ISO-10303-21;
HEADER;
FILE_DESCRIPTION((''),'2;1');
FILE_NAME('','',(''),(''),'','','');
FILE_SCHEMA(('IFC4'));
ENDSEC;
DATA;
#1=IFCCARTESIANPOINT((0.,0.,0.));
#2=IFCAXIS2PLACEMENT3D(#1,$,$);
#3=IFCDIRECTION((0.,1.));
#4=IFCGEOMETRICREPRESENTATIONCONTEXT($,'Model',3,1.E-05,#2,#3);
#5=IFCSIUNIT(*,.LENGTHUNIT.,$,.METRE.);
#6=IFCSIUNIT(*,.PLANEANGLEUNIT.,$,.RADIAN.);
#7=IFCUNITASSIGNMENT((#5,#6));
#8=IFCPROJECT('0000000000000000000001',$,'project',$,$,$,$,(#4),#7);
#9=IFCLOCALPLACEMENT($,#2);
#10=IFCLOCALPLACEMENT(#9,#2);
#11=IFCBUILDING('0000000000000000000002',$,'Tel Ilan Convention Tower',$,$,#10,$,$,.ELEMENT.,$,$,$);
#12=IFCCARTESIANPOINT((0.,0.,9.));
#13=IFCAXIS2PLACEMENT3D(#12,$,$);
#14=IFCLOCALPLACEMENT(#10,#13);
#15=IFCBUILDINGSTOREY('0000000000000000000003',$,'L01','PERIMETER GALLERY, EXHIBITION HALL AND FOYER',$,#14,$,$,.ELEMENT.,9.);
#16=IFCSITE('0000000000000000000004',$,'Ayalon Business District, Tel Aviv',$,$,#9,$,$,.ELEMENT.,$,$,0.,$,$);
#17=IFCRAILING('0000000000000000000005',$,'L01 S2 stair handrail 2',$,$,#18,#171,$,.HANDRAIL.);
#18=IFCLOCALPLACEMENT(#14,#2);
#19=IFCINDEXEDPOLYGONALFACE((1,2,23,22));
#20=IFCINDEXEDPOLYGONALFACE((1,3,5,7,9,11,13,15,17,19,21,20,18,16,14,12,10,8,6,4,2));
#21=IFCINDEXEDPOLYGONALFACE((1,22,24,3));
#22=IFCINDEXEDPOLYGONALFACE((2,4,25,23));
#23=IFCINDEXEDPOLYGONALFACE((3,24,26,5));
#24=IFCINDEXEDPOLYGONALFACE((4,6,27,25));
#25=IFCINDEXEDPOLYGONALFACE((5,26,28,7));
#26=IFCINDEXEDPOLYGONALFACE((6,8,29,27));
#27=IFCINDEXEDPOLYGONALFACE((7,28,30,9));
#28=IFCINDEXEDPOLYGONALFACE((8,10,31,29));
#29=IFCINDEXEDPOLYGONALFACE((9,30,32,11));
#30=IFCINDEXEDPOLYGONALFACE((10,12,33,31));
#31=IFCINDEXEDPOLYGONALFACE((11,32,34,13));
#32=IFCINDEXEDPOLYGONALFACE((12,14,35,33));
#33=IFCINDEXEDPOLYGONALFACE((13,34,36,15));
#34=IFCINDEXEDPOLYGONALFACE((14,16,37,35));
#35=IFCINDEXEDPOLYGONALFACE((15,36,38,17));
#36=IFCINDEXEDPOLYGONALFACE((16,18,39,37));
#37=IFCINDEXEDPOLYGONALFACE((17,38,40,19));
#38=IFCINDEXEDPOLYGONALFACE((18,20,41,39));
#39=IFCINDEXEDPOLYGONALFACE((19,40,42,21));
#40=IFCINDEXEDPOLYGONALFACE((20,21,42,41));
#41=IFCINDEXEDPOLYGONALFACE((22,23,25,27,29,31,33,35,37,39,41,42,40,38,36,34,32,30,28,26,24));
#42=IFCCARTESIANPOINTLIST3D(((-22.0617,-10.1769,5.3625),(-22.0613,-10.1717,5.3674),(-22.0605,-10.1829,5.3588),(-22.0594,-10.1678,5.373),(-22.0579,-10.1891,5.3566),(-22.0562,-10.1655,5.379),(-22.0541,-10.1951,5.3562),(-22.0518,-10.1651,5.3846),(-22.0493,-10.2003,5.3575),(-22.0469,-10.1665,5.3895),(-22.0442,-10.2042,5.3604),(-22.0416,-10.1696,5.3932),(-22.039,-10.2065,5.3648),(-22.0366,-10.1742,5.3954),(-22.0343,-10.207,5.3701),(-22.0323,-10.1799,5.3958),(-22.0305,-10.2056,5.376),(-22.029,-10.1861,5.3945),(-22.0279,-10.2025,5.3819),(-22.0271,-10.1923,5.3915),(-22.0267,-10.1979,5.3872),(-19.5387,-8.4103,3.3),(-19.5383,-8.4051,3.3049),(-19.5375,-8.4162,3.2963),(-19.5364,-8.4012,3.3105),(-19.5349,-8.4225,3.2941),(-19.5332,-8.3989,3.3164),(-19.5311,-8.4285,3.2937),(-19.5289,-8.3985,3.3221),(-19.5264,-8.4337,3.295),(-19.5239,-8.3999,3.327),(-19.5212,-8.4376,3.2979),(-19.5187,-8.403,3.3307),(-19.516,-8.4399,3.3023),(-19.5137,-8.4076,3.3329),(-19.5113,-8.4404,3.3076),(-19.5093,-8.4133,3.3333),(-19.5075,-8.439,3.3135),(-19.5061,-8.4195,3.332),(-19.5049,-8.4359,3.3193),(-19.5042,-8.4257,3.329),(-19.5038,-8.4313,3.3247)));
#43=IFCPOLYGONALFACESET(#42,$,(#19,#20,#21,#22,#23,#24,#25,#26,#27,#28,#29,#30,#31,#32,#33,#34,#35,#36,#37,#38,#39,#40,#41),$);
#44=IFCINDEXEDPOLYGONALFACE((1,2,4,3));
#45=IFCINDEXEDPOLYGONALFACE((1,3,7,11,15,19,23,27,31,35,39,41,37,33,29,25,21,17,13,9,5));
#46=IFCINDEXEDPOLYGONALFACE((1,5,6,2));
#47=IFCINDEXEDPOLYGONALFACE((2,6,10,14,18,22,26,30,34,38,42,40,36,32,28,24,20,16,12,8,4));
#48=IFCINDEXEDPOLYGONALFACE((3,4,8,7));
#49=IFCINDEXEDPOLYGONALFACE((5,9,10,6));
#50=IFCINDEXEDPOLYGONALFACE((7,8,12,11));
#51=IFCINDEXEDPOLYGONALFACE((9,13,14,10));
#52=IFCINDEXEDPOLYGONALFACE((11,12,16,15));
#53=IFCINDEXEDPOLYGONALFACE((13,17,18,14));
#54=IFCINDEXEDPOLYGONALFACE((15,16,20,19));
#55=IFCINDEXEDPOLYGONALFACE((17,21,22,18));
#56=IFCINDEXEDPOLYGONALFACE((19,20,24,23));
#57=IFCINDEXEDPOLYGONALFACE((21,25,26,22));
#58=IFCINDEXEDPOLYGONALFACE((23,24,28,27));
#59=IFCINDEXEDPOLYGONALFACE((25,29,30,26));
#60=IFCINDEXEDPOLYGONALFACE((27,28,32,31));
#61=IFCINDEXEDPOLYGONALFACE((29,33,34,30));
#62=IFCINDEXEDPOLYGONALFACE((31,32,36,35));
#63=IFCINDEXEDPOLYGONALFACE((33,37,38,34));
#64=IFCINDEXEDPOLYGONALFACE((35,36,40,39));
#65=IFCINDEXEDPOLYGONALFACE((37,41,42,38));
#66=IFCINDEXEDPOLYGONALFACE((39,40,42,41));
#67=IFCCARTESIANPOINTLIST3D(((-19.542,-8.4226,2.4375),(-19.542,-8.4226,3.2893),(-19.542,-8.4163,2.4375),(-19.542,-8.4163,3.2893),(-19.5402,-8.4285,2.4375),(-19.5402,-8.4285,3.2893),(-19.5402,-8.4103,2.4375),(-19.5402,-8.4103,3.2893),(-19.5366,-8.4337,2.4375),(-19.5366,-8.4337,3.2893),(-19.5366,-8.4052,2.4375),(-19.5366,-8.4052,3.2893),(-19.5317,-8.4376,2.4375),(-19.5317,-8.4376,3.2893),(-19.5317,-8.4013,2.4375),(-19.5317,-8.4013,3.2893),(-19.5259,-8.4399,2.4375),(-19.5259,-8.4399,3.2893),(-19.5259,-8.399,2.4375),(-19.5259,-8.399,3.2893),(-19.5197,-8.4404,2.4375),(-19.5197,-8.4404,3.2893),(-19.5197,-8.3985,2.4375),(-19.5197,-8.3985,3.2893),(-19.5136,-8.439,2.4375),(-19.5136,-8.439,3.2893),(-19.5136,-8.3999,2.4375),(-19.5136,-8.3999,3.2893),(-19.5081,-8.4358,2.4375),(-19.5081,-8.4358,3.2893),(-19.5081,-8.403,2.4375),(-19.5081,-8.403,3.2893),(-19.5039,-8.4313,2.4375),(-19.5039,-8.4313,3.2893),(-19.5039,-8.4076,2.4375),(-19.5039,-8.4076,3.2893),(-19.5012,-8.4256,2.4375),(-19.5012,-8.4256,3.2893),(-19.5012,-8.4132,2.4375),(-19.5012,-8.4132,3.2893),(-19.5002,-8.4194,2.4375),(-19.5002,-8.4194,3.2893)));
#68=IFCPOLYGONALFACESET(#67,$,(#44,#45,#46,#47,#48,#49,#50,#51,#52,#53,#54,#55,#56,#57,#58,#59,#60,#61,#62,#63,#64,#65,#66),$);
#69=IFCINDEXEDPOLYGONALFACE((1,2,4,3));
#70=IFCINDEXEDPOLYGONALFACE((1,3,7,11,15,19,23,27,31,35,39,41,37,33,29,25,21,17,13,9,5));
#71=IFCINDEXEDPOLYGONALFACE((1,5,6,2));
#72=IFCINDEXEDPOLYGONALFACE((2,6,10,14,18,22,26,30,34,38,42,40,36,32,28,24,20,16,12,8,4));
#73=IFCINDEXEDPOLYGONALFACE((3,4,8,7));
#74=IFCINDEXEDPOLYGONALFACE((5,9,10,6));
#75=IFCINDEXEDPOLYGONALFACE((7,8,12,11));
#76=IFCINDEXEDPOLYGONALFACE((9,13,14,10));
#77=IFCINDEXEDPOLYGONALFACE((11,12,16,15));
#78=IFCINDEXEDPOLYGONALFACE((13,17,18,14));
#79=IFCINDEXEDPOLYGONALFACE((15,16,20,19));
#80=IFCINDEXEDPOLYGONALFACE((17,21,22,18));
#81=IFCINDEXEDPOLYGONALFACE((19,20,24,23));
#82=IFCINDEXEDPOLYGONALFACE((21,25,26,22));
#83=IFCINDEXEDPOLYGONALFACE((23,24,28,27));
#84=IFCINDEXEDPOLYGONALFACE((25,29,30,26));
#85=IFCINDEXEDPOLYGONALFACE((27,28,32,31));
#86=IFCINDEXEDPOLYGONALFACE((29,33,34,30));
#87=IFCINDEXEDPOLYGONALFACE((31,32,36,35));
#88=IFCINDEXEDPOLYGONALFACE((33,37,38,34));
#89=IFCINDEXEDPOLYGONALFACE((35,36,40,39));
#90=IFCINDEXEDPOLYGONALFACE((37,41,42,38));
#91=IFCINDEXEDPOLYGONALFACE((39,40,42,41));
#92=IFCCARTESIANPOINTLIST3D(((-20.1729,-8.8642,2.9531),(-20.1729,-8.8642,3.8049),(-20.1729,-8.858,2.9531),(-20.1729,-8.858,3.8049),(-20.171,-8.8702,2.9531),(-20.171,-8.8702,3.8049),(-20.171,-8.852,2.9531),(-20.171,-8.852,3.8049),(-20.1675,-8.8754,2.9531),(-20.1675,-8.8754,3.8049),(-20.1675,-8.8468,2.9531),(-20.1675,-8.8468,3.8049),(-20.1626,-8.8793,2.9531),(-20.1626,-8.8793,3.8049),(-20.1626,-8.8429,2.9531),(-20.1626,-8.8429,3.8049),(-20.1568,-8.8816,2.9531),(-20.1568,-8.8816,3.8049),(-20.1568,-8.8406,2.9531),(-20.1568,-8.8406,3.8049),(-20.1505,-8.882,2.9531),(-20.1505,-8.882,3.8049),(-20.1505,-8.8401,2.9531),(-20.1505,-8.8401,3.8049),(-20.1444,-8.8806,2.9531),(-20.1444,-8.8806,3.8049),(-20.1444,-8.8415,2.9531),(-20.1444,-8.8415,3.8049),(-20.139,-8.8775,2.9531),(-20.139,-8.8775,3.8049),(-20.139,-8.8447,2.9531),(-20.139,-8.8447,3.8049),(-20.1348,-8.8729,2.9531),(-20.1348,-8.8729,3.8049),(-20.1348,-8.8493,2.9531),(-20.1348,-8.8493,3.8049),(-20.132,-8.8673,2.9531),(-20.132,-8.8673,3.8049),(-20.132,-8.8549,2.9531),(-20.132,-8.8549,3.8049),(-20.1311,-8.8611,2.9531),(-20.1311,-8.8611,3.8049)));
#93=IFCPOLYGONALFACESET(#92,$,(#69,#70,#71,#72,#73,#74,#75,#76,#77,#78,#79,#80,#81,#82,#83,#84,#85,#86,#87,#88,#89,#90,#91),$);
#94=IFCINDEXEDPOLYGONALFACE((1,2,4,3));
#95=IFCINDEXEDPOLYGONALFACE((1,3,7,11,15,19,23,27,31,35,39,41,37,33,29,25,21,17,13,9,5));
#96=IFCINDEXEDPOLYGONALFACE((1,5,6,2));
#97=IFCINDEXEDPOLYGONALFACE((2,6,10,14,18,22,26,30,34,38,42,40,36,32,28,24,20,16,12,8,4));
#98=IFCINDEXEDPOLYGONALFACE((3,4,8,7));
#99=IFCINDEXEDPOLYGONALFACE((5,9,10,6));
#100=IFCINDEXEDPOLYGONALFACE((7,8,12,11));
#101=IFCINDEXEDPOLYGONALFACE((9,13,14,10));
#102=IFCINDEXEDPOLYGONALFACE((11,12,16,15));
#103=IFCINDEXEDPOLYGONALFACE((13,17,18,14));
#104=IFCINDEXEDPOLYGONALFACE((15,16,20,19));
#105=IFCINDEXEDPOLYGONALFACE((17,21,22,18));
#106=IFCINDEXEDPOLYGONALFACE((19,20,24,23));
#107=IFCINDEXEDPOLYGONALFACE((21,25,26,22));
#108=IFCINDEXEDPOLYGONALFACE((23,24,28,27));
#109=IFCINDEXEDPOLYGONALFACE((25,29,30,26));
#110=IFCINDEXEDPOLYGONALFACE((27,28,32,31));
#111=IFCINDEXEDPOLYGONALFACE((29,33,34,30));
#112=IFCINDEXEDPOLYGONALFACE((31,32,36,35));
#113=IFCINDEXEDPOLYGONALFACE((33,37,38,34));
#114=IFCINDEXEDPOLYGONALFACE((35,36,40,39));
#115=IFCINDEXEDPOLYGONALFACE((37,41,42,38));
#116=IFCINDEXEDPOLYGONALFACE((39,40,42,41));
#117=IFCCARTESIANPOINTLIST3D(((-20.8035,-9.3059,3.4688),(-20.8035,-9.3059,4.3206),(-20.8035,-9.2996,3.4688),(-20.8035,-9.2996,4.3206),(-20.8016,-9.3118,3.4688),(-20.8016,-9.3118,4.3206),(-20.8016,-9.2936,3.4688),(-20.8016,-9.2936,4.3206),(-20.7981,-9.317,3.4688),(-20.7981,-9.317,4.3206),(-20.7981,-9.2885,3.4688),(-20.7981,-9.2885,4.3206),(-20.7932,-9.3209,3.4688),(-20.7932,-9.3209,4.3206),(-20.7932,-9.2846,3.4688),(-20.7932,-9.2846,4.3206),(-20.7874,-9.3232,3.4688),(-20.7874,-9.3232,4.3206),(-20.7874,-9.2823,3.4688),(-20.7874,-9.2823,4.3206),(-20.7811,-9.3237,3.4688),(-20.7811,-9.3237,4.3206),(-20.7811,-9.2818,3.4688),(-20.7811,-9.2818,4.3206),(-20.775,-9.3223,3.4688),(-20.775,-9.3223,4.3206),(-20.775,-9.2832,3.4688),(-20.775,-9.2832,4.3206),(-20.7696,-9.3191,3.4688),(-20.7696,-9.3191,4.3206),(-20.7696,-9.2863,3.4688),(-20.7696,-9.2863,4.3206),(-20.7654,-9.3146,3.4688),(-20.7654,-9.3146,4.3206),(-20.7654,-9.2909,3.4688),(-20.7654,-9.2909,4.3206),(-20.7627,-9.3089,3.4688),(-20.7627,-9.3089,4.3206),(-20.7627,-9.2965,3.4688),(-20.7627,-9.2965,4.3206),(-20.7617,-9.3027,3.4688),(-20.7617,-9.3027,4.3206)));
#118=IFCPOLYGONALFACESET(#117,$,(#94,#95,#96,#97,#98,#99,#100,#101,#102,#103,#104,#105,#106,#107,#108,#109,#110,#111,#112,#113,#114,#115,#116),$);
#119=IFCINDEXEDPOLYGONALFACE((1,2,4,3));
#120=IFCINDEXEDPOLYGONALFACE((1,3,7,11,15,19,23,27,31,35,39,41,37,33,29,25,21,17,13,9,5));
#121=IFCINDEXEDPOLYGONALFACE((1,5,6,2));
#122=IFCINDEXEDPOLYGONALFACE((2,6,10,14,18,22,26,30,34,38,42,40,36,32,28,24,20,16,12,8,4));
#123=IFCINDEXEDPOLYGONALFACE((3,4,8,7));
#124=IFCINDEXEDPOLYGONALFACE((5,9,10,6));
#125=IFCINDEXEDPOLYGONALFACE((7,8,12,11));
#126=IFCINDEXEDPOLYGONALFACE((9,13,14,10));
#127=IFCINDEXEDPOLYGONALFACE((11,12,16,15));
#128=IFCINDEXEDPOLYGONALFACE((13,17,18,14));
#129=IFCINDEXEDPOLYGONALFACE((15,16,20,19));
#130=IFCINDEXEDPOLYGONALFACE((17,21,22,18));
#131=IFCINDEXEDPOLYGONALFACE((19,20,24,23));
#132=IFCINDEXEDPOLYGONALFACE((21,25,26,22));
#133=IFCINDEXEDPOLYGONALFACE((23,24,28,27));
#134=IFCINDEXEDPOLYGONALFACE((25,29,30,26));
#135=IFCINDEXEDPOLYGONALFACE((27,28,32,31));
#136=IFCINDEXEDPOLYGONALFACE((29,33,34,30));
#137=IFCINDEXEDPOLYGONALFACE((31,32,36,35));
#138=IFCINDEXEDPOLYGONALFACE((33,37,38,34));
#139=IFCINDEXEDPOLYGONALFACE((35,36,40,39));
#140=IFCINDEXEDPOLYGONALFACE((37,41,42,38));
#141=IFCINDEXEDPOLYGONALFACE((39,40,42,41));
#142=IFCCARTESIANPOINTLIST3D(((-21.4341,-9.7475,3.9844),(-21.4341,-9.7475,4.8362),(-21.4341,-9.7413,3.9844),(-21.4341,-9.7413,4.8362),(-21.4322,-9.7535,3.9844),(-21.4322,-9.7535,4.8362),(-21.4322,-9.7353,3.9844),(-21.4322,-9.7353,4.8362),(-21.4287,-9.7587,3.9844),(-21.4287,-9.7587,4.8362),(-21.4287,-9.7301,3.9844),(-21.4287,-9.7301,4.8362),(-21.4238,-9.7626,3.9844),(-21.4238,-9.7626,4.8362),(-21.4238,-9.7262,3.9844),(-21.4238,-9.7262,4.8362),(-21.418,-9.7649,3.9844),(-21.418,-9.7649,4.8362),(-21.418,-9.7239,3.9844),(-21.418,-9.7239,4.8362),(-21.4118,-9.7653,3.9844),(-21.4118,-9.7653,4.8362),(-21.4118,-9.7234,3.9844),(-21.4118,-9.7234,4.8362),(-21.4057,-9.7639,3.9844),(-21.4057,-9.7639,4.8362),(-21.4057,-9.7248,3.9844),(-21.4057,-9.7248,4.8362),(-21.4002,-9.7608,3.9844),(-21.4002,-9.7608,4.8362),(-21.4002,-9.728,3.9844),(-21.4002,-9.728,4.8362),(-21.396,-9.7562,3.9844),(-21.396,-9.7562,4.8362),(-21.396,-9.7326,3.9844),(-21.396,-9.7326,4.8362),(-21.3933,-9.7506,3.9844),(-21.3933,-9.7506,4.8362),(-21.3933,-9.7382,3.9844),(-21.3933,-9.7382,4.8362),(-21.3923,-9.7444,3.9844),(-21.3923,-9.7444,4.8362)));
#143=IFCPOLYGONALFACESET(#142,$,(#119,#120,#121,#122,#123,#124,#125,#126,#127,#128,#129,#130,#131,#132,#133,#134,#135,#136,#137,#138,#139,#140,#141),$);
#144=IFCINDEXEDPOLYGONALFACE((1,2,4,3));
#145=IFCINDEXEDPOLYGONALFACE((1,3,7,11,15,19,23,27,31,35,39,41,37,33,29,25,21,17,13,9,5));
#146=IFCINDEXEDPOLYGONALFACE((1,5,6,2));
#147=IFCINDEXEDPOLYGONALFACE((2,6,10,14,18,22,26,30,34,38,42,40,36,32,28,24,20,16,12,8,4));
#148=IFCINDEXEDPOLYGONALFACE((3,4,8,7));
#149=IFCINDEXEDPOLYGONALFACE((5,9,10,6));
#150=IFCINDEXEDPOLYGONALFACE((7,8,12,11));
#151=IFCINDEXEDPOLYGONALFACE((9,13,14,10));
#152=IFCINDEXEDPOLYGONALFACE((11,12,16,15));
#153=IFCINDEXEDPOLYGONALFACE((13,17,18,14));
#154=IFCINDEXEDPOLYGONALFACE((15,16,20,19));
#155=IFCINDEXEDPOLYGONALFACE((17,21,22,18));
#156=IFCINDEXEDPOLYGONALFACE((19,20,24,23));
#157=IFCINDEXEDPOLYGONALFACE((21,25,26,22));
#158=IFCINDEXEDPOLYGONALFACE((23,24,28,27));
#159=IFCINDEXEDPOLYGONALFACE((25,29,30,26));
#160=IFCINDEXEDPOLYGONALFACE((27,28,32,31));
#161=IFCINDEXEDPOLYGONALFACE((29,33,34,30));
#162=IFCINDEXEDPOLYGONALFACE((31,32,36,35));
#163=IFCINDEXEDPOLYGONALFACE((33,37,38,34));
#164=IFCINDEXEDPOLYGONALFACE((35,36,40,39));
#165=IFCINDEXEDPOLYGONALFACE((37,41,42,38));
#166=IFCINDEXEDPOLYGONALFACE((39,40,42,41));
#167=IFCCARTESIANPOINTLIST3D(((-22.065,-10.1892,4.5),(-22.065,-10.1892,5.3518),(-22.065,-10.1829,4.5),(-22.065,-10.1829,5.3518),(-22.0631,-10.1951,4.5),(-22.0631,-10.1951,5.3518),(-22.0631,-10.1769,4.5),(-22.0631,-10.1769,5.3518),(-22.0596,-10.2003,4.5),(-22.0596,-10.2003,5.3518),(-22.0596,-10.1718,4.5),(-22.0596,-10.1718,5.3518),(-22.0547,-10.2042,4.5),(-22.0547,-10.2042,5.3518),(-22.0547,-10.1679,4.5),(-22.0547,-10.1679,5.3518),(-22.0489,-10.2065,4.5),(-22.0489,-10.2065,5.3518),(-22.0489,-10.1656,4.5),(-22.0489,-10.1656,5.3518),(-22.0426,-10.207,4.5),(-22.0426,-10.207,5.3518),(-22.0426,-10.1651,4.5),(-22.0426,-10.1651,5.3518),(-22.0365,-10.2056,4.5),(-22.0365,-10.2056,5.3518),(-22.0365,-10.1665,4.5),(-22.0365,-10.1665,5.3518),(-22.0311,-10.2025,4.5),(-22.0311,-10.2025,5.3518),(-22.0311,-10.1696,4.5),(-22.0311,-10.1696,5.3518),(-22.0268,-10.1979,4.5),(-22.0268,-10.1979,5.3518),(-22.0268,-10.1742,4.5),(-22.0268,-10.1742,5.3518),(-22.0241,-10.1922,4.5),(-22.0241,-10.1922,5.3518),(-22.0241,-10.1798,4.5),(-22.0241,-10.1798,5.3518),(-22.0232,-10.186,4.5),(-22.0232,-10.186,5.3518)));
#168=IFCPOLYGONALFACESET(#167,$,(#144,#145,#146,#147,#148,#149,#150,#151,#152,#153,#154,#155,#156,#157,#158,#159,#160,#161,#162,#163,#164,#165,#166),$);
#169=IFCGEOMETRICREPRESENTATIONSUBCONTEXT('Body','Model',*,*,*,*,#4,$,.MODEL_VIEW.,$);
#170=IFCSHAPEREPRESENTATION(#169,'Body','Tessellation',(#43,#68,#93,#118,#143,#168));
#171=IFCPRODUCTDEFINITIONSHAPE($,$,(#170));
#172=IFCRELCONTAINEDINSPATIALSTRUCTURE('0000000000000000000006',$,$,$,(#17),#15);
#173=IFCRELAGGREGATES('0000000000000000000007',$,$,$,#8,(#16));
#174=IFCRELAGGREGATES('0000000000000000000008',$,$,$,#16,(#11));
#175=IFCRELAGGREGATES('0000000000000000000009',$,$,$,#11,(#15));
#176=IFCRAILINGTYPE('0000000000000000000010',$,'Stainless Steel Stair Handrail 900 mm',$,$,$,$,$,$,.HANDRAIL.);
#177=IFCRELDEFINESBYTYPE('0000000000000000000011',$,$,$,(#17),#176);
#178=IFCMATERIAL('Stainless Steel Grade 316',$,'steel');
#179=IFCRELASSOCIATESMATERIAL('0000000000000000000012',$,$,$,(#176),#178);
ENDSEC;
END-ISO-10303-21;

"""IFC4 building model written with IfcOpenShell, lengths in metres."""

from ifc_helpers import new_model, si_unit, direction, frame, origin, origin_2d, place, context, subcontext, project, spatial, circle, extrude, material, type_object, element, save


model = new_model("IFC4")

# Units and contexts
model_context = context("Model", 3, precision=1e-05, world=origin(), true_north=direction((0.0, 1.0)))
body_context = subcontext(model_context, "Body", "Model", "MODEL_VIEW")
ifc_project = project(units=[si_unit("LENGTHUNIT", "METRE"), si_unit("PLANEANGLEUNIT", "RADIAN")], contexts=[model_context])

# Site, building, storey
site_placement = place(None, origin())
site = spatial("IfcSite", under=ifc_project, at=site_placement, Name="Ayalon Business District, Tel Aviv", CompositionType="ELEMENT", RefElevation=0.0)
building_placement = place(site_placement, origin())
building = spatial("IfcBuilding", under=site, at=building_placement, Name="Tel Ilan Convention Tower", CompositionType="ELEMENT")
storey_placement = place(building_placement, frame((0.0, 0.0, 9.0)))
storey = spatial("IfcBuildingStorey", under=building, at=storey_placement, Name="L01", Description="PERIMETER GALLERY, EXHIBITION HALL AND FOYER", CompositionType="ELEMENT", Elevation=9.0)

# Railing
ifc_material_1 = material(Name="Stainless Steel Grade 316", Category="steel")
railing_type_1 = type_object("IfcRailingType", Name="Stainless Steel Stair Handrail 900 mm", PredefinedType="HANDRAIL", material=ifc_material_1)
railing_1_placement = place(storey_placement, frame((-19.5212, -8.4194, 2.4375)))
element("IfcRailing", 1, at=railing_1_placement, inside=storey, type_object=railing_type_1, Name="L01 S2 stair handrail 2", PredefinedType="HANDRAIL", context=body_context, shape_type="SweptSolid", body=[
    extrude(circle(Radius=0.0239, at=origin_2d()), frame((0.0, 0.0, 0.876), z_axis=(-0.680635, -0.476589, 0.556416), x_axis=(0.573579, -0.81915, 0.0)), (0.0, 0.0, 1.0), 3.7068),
    extrude(circle(Radius=0.021, at=origin_2d()), origin(), (0.0, 0.0, 1.0), 0.8518),
    extrude(circle(Radius=0.021, at=origin_2d()), frame((-0.6309, -0.4417, 0.5156)), (0.0, 0.0, 1.0), 0.8518),
    extrude(circle(Radius=0.021, at=origin_2d()), frame((-1.2615, -0.8833, 1.0312)), (0.0, 0.0, 1.0), 0.8518),
    extrude(circle(Radius=0.021, at=origin_2d()), frame((-1.8921, -1.325, 1.5469)), (0.0, 0.0, 1.0), 0.8518),
    extrude(circle(Radius=0.021, at=origin_2d()), frame((-2.5229, -1.7666, 2.0625)), (0.0, 0.0, 1.0), 0.8518),
])

save(model, "model.ifc")
